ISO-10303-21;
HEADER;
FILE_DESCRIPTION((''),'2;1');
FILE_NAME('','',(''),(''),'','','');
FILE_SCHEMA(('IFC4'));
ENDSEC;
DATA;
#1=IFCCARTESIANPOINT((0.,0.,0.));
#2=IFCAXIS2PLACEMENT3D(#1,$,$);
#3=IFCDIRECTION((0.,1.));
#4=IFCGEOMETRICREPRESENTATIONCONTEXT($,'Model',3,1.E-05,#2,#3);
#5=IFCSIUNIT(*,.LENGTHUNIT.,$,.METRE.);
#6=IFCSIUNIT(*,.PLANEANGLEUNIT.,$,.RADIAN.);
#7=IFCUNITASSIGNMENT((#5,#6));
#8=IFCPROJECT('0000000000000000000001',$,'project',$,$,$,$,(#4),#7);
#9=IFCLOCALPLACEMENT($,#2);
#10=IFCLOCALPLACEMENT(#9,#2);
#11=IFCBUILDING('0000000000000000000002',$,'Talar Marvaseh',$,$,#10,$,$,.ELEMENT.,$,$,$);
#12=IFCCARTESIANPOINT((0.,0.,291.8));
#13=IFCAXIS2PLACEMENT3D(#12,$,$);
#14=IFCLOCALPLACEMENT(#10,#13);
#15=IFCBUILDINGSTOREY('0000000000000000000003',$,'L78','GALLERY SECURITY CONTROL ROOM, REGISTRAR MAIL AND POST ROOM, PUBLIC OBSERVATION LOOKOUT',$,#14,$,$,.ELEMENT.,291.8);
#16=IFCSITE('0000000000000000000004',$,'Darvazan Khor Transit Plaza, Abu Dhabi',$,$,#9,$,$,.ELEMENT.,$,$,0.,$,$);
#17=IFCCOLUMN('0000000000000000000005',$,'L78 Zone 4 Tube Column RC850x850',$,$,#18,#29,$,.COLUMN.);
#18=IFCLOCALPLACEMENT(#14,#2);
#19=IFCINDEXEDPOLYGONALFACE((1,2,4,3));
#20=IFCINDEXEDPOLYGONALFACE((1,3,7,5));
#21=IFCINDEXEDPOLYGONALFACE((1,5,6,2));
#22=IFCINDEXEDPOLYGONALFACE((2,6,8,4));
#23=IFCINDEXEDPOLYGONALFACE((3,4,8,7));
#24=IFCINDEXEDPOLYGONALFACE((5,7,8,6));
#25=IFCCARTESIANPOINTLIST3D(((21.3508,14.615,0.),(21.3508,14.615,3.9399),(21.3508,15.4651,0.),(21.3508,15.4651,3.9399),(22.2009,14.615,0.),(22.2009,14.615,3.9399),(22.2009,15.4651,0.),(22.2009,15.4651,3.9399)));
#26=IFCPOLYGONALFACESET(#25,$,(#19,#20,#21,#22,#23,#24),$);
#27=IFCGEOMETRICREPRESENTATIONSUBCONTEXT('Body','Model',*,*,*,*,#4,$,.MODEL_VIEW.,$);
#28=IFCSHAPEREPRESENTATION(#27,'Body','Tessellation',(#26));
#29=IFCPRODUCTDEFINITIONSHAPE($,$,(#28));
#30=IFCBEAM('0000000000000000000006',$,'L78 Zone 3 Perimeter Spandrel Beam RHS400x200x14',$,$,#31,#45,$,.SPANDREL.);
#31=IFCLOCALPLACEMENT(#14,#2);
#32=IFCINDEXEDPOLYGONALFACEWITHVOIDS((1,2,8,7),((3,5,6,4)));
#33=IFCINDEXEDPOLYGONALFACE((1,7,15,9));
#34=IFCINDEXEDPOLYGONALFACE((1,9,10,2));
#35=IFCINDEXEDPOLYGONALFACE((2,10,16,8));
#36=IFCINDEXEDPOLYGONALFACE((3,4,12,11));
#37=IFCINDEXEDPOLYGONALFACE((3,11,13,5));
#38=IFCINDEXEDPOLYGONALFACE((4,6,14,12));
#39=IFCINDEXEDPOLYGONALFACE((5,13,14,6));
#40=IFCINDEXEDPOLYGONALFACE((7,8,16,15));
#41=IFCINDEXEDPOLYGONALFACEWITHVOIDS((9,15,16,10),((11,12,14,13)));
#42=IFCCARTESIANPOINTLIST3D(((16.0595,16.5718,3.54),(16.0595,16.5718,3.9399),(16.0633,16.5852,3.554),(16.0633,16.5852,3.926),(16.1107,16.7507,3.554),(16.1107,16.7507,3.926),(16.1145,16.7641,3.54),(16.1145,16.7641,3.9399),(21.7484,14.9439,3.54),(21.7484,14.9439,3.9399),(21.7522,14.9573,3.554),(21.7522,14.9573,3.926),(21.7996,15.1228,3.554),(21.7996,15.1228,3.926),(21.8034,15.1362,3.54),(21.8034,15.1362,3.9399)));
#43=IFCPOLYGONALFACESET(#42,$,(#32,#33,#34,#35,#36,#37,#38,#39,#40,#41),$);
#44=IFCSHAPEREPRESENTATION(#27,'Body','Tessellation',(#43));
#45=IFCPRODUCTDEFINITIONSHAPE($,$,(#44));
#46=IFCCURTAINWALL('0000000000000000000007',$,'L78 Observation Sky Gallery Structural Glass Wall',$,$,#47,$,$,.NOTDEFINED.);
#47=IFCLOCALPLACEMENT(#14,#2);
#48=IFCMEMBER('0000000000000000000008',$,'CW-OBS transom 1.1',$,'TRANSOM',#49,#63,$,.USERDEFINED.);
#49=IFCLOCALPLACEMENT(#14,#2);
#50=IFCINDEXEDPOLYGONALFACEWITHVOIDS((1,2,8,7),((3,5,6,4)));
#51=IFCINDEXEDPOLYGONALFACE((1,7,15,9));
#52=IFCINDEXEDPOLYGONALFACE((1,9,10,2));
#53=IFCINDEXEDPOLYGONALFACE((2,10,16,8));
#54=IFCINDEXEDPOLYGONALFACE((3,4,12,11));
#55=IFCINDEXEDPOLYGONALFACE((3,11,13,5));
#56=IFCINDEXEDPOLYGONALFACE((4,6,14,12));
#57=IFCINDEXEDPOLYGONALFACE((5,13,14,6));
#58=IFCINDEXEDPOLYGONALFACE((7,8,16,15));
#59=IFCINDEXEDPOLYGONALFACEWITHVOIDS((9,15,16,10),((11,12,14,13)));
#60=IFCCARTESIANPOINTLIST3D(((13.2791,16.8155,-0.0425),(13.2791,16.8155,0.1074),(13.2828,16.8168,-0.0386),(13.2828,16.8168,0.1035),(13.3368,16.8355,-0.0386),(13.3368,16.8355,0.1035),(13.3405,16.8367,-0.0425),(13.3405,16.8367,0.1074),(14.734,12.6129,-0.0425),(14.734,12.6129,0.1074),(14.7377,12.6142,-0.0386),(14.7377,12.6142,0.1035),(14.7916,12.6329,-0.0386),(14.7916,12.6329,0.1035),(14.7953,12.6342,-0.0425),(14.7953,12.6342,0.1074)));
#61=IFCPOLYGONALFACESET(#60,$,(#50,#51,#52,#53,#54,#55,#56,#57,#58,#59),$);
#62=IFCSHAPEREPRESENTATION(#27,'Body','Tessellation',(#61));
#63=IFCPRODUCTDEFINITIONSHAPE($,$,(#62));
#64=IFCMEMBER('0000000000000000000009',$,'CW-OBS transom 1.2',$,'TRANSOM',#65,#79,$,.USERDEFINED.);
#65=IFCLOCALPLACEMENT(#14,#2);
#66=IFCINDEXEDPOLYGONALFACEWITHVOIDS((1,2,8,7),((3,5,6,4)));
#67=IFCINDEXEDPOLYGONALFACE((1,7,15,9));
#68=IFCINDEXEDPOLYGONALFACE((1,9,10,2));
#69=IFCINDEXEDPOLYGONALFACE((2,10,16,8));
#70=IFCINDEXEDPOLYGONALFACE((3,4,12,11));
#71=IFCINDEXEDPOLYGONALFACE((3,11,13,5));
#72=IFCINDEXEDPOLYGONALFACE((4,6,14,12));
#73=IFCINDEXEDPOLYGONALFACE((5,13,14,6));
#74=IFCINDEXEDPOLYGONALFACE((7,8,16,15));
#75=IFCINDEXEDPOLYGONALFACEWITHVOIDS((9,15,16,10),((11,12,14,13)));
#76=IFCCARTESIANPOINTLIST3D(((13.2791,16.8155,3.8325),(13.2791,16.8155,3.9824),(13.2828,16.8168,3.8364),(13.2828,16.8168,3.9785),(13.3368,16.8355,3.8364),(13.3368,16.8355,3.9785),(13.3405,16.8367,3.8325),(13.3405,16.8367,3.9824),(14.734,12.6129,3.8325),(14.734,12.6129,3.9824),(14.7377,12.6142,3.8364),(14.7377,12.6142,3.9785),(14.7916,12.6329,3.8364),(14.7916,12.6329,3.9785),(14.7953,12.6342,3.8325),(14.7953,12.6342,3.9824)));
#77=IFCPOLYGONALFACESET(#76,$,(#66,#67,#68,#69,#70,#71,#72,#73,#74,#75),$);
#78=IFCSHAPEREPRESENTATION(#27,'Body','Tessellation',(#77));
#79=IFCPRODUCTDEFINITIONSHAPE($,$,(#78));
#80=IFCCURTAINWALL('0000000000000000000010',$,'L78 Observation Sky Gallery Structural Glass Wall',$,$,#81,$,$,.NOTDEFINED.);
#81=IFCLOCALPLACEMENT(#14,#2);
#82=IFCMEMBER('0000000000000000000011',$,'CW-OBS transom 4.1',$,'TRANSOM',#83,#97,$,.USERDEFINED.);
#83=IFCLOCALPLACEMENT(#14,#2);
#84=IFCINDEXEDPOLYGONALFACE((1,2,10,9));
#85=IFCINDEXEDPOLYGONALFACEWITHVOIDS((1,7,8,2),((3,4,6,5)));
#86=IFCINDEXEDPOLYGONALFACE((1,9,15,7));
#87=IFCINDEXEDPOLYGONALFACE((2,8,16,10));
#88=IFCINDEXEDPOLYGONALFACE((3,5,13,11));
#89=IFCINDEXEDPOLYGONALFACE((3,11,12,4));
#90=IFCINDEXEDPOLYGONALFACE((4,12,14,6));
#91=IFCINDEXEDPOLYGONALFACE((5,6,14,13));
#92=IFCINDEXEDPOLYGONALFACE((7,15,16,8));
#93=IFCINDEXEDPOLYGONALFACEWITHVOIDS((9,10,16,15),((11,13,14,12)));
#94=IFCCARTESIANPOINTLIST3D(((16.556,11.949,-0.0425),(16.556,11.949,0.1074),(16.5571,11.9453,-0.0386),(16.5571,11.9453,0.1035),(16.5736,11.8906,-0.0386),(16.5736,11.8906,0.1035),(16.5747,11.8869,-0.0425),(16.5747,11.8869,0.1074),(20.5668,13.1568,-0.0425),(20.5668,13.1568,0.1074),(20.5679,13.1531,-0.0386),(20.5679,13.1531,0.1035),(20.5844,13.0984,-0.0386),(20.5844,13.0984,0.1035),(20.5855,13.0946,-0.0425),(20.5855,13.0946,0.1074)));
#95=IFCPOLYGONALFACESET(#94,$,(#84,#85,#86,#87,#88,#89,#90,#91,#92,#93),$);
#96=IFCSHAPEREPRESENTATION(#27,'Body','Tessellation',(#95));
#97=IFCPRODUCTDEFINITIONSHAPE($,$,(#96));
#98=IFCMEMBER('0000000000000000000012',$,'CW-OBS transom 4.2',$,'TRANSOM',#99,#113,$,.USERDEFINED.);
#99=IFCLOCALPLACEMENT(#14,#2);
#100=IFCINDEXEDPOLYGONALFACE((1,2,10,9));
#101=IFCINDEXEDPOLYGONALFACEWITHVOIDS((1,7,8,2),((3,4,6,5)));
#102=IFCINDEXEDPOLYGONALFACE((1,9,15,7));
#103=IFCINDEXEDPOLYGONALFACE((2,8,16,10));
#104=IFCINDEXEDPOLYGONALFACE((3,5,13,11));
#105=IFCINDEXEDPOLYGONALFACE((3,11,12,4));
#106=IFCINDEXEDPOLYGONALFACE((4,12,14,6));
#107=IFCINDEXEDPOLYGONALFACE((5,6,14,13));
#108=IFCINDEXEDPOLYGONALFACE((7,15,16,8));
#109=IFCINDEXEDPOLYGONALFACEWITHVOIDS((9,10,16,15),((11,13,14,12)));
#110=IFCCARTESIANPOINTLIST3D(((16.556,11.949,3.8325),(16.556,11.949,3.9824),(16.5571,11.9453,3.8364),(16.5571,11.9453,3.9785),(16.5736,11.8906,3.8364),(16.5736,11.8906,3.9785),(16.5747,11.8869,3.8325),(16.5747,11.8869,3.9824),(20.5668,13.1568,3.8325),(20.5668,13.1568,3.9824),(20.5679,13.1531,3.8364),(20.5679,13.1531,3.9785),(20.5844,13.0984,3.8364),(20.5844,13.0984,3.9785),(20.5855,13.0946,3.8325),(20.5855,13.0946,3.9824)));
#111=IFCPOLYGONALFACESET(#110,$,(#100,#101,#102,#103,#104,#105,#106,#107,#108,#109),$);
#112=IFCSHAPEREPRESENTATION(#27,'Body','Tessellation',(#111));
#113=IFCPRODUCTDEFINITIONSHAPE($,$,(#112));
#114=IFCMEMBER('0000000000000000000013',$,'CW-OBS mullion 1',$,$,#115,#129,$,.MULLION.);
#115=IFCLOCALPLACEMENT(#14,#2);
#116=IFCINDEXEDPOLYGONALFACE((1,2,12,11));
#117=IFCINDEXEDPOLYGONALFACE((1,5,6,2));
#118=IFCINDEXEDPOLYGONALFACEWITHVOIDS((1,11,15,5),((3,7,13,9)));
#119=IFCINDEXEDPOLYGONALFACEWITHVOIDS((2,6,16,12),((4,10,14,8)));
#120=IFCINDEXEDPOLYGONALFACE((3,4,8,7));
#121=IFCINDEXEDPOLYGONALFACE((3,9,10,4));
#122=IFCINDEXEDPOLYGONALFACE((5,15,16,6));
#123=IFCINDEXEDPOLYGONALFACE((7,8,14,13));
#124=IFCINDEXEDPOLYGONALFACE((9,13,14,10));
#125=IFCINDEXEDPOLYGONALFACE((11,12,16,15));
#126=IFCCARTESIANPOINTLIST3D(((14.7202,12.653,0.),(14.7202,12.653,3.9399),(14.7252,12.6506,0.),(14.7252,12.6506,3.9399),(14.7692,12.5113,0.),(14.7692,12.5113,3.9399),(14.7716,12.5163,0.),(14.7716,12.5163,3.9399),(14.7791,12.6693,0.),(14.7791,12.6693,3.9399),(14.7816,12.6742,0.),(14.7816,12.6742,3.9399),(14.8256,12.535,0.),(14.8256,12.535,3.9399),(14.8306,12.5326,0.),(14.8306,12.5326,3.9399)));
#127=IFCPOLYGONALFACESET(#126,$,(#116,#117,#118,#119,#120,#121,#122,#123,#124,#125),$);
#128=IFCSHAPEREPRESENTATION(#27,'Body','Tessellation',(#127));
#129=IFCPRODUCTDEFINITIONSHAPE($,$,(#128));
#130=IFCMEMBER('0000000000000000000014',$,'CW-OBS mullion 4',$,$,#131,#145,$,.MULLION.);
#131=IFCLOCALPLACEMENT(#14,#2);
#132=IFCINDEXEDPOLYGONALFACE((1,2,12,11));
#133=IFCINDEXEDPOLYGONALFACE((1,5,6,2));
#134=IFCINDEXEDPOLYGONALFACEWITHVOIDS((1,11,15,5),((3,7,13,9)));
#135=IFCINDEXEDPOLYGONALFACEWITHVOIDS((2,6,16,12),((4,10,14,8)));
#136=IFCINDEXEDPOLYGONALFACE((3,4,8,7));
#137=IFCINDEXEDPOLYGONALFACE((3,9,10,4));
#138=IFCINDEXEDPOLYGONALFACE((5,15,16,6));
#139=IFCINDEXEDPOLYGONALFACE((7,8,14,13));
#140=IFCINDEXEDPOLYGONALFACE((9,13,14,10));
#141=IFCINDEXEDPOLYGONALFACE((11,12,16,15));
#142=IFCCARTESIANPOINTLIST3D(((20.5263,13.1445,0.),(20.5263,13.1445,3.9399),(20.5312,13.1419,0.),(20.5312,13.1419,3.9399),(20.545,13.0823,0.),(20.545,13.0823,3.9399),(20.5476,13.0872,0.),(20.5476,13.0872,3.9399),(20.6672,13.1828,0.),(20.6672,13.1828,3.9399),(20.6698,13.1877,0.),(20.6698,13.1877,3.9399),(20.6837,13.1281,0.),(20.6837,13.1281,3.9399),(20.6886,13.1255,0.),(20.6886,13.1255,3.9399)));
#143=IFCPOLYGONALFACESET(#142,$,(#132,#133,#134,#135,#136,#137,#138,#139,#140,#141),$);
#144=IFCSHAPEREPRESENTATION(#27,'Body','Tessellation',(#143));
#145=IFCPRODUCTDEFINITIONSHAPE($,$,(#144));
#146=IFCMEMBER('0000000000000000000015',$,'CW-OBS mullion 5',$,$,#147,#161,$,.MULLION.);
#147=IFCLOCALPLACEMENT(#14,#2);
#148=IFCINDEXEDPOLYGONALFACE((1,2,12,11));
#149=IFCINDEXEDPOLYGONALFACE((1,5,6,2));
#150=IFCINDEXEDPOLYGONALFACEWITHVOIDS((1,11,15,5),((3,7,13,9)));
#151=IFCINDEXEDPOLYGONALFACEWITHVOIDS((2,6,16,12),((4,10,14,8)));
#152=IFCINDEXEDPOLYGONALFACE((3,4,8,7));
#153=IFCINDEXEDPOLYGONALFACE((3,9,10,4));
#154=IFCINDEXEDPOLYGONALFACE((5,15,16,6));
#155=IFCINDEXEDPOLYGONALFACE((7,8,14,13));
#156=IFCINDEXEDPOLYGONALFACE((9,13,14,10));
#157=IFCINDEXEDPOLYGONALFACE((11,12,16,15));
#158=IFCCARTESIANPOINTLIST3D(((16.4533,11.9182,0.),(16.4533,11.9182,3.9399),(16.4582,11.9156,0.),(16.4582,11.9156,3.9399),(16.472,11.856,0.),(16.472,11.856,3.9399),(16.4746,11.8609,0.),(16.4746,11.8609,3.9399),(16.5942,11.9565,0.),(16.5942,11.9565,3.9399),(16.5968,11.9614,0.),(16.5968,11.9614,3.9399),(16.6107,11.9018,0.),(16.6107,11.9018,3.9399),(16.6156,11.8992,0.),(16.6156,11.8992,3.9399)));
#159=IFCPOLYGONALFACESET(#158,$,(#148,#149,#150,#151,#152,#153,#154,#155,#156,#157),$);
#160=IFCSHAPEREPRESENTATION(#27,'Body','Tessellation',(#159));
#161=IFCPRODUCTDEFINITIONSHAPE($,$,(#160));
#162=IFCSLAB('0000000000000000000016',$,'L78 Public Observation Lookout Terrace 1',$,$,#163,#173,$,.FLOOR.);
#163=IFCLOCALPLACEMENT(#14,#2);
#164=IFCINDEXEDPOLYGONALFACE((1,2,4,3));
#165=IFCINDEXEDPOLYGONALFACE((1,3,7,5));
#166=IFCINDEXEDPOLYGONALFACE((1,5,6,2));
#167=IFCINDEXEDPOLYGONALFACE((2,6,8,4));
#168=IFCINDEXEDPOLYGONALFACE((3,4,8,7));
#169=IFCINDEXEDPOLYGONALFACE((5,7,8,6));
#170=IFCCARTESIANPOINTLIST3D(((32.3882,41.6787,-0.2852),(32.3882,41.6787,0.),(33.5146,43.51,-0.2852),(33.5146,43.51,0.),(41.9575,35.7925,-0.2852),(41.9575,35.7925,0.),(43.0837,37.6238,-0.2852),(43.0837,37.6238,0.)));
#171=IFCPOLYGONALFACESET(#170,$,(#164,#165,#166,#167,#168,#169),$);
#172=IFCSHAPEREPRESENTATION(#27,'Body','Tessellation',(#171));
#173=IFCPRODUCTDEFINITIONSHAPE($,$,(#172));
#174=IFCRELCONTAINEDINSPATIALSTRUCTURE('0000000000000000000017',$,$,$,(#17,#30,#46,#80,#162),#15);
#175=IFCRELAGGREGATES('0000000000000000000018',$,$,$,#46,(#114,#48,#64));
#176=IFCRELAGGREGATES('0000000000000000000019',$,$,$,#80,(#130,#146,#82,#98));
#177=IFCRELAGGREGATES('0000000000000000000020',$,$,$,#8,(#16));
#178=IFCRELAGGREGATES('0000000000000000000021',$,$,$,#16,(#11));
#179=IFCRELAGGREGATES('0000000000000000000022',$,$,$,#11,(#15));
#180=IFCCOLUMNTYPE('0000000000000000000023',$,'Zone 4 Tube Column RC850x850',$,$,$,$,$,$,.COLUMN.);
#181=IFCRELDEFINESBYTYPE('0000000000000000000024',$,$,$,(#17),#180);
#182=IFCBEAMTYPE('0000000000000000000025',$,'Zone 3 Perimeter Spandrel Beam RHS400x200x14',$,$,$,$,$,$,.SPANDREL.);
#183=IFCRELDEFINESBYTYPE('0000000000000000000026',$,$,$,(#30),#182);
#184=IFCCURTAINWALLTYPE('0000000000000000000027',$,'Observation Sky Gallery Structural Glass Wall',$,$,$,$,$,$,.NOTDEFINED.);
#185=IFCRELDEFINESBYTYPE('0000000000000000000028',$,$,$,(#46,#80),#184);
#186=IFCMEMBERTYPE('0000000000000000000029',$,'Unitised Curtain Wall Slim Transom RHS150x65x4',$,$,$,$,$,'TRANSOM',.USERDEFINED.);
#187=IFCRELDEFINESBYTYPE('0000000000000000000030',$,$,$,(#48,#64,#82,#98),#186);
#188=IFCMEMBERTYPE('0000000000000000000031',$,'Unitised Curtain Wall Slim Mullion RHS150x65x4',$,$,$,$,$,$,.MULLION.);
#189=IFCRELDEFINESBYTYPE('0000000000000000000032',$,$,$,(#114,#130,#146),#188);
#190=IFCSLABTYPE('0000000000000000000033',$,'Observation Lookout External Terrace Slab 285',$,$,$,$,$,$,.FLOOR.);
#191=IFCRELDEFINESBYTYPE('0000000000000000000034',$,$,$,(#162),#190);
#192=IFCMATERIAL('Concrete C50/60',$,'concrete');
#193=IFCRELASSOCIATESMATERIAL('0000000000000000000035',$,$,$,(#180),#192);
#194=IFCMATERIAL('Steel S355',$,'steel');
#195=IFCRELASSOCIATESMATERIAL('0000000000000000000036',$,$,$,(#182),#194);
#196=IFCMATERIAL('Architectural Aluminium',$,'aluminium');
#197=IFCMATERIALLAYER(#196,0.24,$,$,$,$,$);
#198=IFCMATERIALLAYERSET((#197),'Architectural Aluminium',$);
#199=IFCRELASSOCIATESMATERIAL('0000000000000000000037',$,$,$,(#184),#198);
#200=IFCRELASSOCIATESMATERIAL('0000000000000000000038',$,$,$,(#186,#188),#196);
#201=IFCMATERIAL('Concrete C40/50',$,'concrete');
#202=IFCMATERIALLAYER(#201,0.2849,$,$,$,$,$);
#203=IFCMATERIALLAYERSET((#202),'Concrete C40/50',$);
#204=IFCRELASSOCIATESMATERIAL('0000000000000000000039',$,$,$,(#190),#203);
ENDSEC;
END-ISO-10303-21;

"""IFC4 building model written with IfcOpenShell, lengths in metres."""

from ifc_helpers import new_model, si_unit, direction, frame, origin, origin_2d, place, context, subcontext, project, spatial, polyline, rectangle, hollow_rectangle, outline, extrude, source, transform, mapped, material, layer, layer_set, material_profile, profile_set, type_object, type_shapes, element, aggregate, save


model = new_model("IFC4")

# Units and contexts
model_context = context("Model", 3, precision=1e-05, world=origin(), true_north=direction((0.0, 1.0)))
body_context = subcontext(model_context, "Body", "Model", "MODEL_VIEW")
ifc_project = project(units=[si_unit("LENGTHUNIT", "METRE"), si_unit("PLANEANGLEUNIT", "RADIAN")], contexts=[model_context])

# Site, building, storey
site_placement = place(None, origin())
site = spatial("IfcSite", under=ifc_project, at=site_placement, Name="Darvazan Khor Transit Plaza, Abu Dhabi", CompositionType="ELEMENT", RefElevation=0.0)
building_placement = place(site_placement, origin())
building = spatial("IfcBuilding", under=site, at=building_placement, Name="Talar Marvaseh", CompositionType="ELEMENT")
storey_placement = place(building_placement, frame((0.0, 0.0, 291.8)))
storey = spatial("IfcBuildingStorey", under=building, at=storey_placement, Name="L78", Description="GALLERY SECURITY CONTROL ROOM, REGISTRAR MAIL AND POST ROOM, PUBLIC OBSERVATION LOOKOUT", CompositionType="ELEMENT", Elevation=291.8)

# Column
ifc_material_1 = material(Name="Concrete C50/60", Category="concrete")
ifc_material_profile_1 = material_profile(ifc_material_1, rectangle(XDim=0.8501, YDim=0.8501, at=origin_2d()), Name="RC850x850")
ifc_profile_set_1 = profile_set([ifc_material_profile_1], Name="Concrete C50/60")
column_type = type_object("IfcColumnType", Name="Zone 4 Tube Column RC850x850", PredefinedType="COLUMN", material=ifc_profile_set_1)
column_placement = place(storey_placement, frame((21.7759, 15.04, 0.0), z_axis=(0.0, 0.0, 1.0), x_axis=(1.0, 0.0, 0.0)))
element("IfcColumn", 1, at=column_placement, inside=storey, type_object=column_type, Name="L78 Zone 4 Tube Column RC850x850", PredefinedType="COLUMN", context=body_context, shape_type="SweptSolid", body=[
    extrude(rectangle(XDim=0.8501, YDim=0.8501, at=origin_2d()), origin(), (0.0, 0.0, 1.0), 3.9399),
])

# Beam
ifc_material_2 = material(Name="Steel S355", Category="steel")
ifc_material_profile_2 = material_profile(ifc_material_2, hollow_rectangle(XDim=0.2, YDim=0.3999, WallThickness=0.0139, at=origin_2d()), Name="RHS400x200x14")
ifc_profile_set_2 = profile_set([ifc_material_profile_2], Name="Steel S355")
beam_type = type_object("IfcBeamType", Name="Zone 3 Perimeter Spandrel Beam RHS400x200x14", PredefinedType="SPANDREL", material=ifc_profile_set_2)
beam_placement = place(storey_placement, frame((21.7759, 15.04, 3.74), z_axis=(-0.961412, 0.275113, 0.0), x_axis=(-0.275113, -0.961412, 0.0)))
element("IfcBeam", 2, at=beam_placement, inside=storey, type_object=beam_type, Name="L78 Zone 3 Perimeter Spandrel Beam RHS400x200x14", PredefinedType="SPANDREL", context=body_context, shape_type="SweptSolid", body=[
    extrude(hollow_rectangle(XDim=0.2, YDim=0.3999, WallThickness=0.0139, at=origin_2d()), origin(), (0.0, 0.0, 1.0), 5.9172),
])

# Curtain walls, members
ifc_material_3 = material(Name="Architectural Aluminium", Category="aluminium")
ifc_layer_1 = layer(ifc_material_3, 0.24)
ifc_layer_set_1 = layer_set([ifc_layer_1], Name="Architectural Aluminium")
curtain_wall_type = type_object("IfcCurtainWallType", Name="Observation Sky Gallery Structural Glass Wall", PredefinedType="NOTDEFINED", material=ifc_layer_set_1)
curtain_wall_1_placement = place(storey_placement, origin())
curtain_wall_1 = element("IfcCurtainWall", 3, at=curtain_wall_1_placement, inside=storey, type_object=curtain_wall_type, Name="L78 Observation Sky Gallery Structural Glass Wall", PredefinedType="NOTDEFINED")
ifc_material_profile_3 = material_profile(ifc_material_3, hollow_rectangle(XDim=0.0649, YDim=0.1499, WallThickness=0.0039, at=origin_2d()), Name="RHS150x65x4")
ifc_profile_set_3 = profile_set([ifc_material_profile_3], Name="Architectural Aluminium")
member_type_1 = type_object("IfcMemberType", Name="Unitised Curtain Wall Slim Transom RHS150x65x4", ElementType="TRANSOM", PredefinedType="USERDEFINED", material=ifc_profile_set_3)
shared_shape_1 = source(origin(), body_context, "Body", "SweptSolid", [
    extrude(hollow_rectangle(XDim=0.0649, YDim=0.1499, WallThickness=0.0039, at=origin_2d()), origin(), (0.0, 0.0, 1.0), 4.4473),
])
member_1_placement = place(storey_placement, frame((14.7646, 12.6235, 0.0325), z_axis=(-0.327126, 0.944981, 0.0), x_axis=(-0.944981, -0.327126, 0.0)))
member_1 = element("IfcMember", 4, at=member_1_placement, type_object=member_type_1, Name="CW-OBS transom 1.1", ObjectType="TRANSOM", PredefinedType="USERDEFINED", context=body_context, shape_type="MappedRepresentation", body=[
    mapped(shared_shape_1, transform((0.0, 0.0, 0.0), x_axis=(1.0, 0.0, 0.0), y_axis=(0.0, 1.0, 0.0), z_axis=(0.0, 0.0, 1.0), scale=1.0)),
])
member_2_placement = place(storey_placement, frame((14.7646, 12.6235, 3.9075), z_axis=(-0.327126, 0.944981, 0.0), x_axis=(-0.944981, -0.327126, 0.0)))
member_2 = element("IfcMember", 5, at=member_2_placement, type_object=member_type_1, Name="CW-OBS transom 1.2", ObjectType="TRANSOM", PredefinedType="USERDEFINED", context=body_context, shape_type="MappedRepresentation", body=[
    mapped(shared_shape_1, transform((0.0, 0.0, 0.0), x_axis=(1.0, 0.0, 0.0), y_axis=(0.0, 1.0, 0.0), z_axis=(0.0, 0.0, 1.0), scale=1.0)),
])
curtain_wall_2_placement = place(storey_placement, origin())
curtain_wall_2 = element("IfcCurtainWall", 6, at=curtain_wall_2_placement, inside=storey, type_object=curtain_wall_type, Name="L78 Observation Sky Gallery Structural Glass Wall", PredefinedType="NOTDEFINED")
shared_shape_2 = source(origin(), body_context, "Body", "SweptSolid", [
    extrude(hollow_rectangle(XDim=0.0649, YDim=0.1499, WallThickness=0.0039, at=origin_2d()), origin(), (0.0, 0.0, 1.0), 4.1887),
])
type_shapes(member_type_1, [shared_shape_1, shared_shape_2])
member_3_placement = place(storey_placement, frame((20.5762, 13.1257, 0.0325), z_axis=(-0.957527, -0.288342, 0.0), x_axis=(0.288342, -0.957527, 0.0)))
member_3 = element("IfcMember", 7, at=member_3_placement, type_object=member_type_1, Name="CW-OBS transom 4.1", ObjectType="TRANSOM", PredefinedType="USERDEFINED", context=body_context, shape_type="MappedRepresentation", body=[
    mapped(shared_shape_2, transform((0.0, 0.0, 0.0), x_axis=(1.0, 0.0, 0.0), y_axis=(0.0, 1.0, 0.0), z_axis=(0.0, 0.0, 1.0), scale=1.0)),
])
member_4_placement = place(storey_placement, frame((20.5762, 13.1257, 3.9075), z_axis=(-0.957527, -0.288342, 0.0), x_axis=(0.288342, -0.957527, 0.0)))
member_4 = element("IfcMember", 8, at=member_4_placement, type_object=member_type_1, Name="CW-OBS transom 4.2", ObjectType="TRANSOM", PredefinedType="USERDEFINED", context=body_context, shape_type="MappedRepresentation", body=[
    mapped(shared_shape_2, transform((0.0, 0.0, 0.0), x_axis=(1.0, 0.0, 0.0), y_axis=(0.0, 1.0, 0.0), z_axis=(0.0, 0.0, 1.0), scale=1.0)),
])

# Members
ifc_material_profile_4 = material_profile(ifc_material_3, hollow_rectangle(XDim=0.0649, YDim=0.1499, WallThickness=0.0039, at=origin_2d()), Name="RHS150x65x4")
ifc_profile_set_4 = profile_set([ifc_material_profile_4], Name="Architectural Aluminium")
member_type_2 = type_object("IfcMemberType", Name="Unitised Curtain Wall Slim Mullion RHS150x65x4", PredefinedType="MULLION", material=ifc_profile_set_4)
shared_shape_3 = source(origin(), body_context, "Body", "SweptSolid", [
    extrude(hollow_rectangle(XDim=0.0649, YDim=0.1499, WallThickness=0.0039, at=origin_2d()), origin(), (0.0, 0.0, 1.0), 3.9399),
])
type_shapes(member_type_2, [shared_shape_3])
member_5_placement = place(storey_placement, frame((14.7754, 12.5928, 0.0), z_axis=(0.0, 0.0, 1.0), x_axis=(-0.944972, -0.327151, 0.0)))
member_5 = element("IfcMember", 9, at=member_5_placement, type_object=member_type_2, Name="CW-OBS mullion 1", PredefinedType="MULLION", context=body_context, shape_type="MappedRepresentation", body=[
    mapped(shared_shape_3, transform((0.0, 0.0, 0.0), x_axis=(1.0, 0.0, 0.0), y_axis=(0.0, 1.0, 0.0), z_axis=(0.0, 0.0, 1.0), scale=1.0)),
])
member_6_placement = place(storey_placement, frame((20.6074, 13.135, 0.0), z_axis=(0.0, 0.0, 1.0), x_axis=(0.288346, -0.957526, 0.0)))
member_6 = element("IfcMember", 10, at=member_6_placement, type_object=member_type_2, Name="CW-OBS mullion 4", PredefinedType="MULLION", context=body_context, shape_type="MappedRepresentation", body=[
    mapped(shared_shape_3, transform((0.0, 0.0, 0.0), x_axis=(1.0, 0.0, 0.0), y_axis=(0.0, 1.0, 0.0), z_axis=(0.0, 0.0, 1.0), scale=1.0)),
])
member_7_placement = place(storey_placement, frame((16.5344, 11.9087, 0.0), z_axis=(0.0, 0.0, 1.0), x_axis=(0.288346, -0.957526, 0.0)))
member_7 = element("IfcMember", 11, at=member_7_placement, type_object=member_type_2, Name="CW-OBS mullion 5", PredefinedType="MULLION", context=body_context, shape_type="MappedRepresentation", body=[
    mapped(shared_shape_3, transform((0.0, 0.0, 0.0), x_axis=(1.0, 0.0, 0.0), y_axis=(0.0, 1.0, 0.0), z_axis=(0.0, 0.0, 1.0), scale=1.0)),
])

# Slab
ifc_material_4 = material(Name="Concrete C40/50", Category="concrete")
ifc_layer_2 = layer(ifc_material_4, 0.2849)
ifc_layer_set_2 = layer_set([ifc_layer_2], Name="Concrete C40/50")
slab_type_1 = type_object("IfcSlabType", Name="Observation Lookout External Terrace Slab 285", PredefinedType="FLOOR", material=ifc_layer_set_2)
slab_1_placement = place(storey_placement, frame((0.0, 0.0, -0.2852)))
element("IfcSlab", 12, at=slab_1_placement, inside=storey, type_object=slab_type_1, Name="L78 Public Observation Lookout Terrace 1", PredefinedType="FLOOR", context=body_context, shape_type="SweptSolid", body=[
    extrude(outline(polyline([(32.3882, 41.6787), (41.9575, 35.7925), (43.0837, 37.6238), (33.5146, 43.51), (32.3882, 41.6787)])), origin(), (0.0, 0.0, 1.0), 0.2852),
])

aggregate(curtain_wall_1, [member_5, member_1, member_2])
aggregate(curtain_wall_2, [member_6, member_7, member_3, member_4])

save(model, "model.ifc")
